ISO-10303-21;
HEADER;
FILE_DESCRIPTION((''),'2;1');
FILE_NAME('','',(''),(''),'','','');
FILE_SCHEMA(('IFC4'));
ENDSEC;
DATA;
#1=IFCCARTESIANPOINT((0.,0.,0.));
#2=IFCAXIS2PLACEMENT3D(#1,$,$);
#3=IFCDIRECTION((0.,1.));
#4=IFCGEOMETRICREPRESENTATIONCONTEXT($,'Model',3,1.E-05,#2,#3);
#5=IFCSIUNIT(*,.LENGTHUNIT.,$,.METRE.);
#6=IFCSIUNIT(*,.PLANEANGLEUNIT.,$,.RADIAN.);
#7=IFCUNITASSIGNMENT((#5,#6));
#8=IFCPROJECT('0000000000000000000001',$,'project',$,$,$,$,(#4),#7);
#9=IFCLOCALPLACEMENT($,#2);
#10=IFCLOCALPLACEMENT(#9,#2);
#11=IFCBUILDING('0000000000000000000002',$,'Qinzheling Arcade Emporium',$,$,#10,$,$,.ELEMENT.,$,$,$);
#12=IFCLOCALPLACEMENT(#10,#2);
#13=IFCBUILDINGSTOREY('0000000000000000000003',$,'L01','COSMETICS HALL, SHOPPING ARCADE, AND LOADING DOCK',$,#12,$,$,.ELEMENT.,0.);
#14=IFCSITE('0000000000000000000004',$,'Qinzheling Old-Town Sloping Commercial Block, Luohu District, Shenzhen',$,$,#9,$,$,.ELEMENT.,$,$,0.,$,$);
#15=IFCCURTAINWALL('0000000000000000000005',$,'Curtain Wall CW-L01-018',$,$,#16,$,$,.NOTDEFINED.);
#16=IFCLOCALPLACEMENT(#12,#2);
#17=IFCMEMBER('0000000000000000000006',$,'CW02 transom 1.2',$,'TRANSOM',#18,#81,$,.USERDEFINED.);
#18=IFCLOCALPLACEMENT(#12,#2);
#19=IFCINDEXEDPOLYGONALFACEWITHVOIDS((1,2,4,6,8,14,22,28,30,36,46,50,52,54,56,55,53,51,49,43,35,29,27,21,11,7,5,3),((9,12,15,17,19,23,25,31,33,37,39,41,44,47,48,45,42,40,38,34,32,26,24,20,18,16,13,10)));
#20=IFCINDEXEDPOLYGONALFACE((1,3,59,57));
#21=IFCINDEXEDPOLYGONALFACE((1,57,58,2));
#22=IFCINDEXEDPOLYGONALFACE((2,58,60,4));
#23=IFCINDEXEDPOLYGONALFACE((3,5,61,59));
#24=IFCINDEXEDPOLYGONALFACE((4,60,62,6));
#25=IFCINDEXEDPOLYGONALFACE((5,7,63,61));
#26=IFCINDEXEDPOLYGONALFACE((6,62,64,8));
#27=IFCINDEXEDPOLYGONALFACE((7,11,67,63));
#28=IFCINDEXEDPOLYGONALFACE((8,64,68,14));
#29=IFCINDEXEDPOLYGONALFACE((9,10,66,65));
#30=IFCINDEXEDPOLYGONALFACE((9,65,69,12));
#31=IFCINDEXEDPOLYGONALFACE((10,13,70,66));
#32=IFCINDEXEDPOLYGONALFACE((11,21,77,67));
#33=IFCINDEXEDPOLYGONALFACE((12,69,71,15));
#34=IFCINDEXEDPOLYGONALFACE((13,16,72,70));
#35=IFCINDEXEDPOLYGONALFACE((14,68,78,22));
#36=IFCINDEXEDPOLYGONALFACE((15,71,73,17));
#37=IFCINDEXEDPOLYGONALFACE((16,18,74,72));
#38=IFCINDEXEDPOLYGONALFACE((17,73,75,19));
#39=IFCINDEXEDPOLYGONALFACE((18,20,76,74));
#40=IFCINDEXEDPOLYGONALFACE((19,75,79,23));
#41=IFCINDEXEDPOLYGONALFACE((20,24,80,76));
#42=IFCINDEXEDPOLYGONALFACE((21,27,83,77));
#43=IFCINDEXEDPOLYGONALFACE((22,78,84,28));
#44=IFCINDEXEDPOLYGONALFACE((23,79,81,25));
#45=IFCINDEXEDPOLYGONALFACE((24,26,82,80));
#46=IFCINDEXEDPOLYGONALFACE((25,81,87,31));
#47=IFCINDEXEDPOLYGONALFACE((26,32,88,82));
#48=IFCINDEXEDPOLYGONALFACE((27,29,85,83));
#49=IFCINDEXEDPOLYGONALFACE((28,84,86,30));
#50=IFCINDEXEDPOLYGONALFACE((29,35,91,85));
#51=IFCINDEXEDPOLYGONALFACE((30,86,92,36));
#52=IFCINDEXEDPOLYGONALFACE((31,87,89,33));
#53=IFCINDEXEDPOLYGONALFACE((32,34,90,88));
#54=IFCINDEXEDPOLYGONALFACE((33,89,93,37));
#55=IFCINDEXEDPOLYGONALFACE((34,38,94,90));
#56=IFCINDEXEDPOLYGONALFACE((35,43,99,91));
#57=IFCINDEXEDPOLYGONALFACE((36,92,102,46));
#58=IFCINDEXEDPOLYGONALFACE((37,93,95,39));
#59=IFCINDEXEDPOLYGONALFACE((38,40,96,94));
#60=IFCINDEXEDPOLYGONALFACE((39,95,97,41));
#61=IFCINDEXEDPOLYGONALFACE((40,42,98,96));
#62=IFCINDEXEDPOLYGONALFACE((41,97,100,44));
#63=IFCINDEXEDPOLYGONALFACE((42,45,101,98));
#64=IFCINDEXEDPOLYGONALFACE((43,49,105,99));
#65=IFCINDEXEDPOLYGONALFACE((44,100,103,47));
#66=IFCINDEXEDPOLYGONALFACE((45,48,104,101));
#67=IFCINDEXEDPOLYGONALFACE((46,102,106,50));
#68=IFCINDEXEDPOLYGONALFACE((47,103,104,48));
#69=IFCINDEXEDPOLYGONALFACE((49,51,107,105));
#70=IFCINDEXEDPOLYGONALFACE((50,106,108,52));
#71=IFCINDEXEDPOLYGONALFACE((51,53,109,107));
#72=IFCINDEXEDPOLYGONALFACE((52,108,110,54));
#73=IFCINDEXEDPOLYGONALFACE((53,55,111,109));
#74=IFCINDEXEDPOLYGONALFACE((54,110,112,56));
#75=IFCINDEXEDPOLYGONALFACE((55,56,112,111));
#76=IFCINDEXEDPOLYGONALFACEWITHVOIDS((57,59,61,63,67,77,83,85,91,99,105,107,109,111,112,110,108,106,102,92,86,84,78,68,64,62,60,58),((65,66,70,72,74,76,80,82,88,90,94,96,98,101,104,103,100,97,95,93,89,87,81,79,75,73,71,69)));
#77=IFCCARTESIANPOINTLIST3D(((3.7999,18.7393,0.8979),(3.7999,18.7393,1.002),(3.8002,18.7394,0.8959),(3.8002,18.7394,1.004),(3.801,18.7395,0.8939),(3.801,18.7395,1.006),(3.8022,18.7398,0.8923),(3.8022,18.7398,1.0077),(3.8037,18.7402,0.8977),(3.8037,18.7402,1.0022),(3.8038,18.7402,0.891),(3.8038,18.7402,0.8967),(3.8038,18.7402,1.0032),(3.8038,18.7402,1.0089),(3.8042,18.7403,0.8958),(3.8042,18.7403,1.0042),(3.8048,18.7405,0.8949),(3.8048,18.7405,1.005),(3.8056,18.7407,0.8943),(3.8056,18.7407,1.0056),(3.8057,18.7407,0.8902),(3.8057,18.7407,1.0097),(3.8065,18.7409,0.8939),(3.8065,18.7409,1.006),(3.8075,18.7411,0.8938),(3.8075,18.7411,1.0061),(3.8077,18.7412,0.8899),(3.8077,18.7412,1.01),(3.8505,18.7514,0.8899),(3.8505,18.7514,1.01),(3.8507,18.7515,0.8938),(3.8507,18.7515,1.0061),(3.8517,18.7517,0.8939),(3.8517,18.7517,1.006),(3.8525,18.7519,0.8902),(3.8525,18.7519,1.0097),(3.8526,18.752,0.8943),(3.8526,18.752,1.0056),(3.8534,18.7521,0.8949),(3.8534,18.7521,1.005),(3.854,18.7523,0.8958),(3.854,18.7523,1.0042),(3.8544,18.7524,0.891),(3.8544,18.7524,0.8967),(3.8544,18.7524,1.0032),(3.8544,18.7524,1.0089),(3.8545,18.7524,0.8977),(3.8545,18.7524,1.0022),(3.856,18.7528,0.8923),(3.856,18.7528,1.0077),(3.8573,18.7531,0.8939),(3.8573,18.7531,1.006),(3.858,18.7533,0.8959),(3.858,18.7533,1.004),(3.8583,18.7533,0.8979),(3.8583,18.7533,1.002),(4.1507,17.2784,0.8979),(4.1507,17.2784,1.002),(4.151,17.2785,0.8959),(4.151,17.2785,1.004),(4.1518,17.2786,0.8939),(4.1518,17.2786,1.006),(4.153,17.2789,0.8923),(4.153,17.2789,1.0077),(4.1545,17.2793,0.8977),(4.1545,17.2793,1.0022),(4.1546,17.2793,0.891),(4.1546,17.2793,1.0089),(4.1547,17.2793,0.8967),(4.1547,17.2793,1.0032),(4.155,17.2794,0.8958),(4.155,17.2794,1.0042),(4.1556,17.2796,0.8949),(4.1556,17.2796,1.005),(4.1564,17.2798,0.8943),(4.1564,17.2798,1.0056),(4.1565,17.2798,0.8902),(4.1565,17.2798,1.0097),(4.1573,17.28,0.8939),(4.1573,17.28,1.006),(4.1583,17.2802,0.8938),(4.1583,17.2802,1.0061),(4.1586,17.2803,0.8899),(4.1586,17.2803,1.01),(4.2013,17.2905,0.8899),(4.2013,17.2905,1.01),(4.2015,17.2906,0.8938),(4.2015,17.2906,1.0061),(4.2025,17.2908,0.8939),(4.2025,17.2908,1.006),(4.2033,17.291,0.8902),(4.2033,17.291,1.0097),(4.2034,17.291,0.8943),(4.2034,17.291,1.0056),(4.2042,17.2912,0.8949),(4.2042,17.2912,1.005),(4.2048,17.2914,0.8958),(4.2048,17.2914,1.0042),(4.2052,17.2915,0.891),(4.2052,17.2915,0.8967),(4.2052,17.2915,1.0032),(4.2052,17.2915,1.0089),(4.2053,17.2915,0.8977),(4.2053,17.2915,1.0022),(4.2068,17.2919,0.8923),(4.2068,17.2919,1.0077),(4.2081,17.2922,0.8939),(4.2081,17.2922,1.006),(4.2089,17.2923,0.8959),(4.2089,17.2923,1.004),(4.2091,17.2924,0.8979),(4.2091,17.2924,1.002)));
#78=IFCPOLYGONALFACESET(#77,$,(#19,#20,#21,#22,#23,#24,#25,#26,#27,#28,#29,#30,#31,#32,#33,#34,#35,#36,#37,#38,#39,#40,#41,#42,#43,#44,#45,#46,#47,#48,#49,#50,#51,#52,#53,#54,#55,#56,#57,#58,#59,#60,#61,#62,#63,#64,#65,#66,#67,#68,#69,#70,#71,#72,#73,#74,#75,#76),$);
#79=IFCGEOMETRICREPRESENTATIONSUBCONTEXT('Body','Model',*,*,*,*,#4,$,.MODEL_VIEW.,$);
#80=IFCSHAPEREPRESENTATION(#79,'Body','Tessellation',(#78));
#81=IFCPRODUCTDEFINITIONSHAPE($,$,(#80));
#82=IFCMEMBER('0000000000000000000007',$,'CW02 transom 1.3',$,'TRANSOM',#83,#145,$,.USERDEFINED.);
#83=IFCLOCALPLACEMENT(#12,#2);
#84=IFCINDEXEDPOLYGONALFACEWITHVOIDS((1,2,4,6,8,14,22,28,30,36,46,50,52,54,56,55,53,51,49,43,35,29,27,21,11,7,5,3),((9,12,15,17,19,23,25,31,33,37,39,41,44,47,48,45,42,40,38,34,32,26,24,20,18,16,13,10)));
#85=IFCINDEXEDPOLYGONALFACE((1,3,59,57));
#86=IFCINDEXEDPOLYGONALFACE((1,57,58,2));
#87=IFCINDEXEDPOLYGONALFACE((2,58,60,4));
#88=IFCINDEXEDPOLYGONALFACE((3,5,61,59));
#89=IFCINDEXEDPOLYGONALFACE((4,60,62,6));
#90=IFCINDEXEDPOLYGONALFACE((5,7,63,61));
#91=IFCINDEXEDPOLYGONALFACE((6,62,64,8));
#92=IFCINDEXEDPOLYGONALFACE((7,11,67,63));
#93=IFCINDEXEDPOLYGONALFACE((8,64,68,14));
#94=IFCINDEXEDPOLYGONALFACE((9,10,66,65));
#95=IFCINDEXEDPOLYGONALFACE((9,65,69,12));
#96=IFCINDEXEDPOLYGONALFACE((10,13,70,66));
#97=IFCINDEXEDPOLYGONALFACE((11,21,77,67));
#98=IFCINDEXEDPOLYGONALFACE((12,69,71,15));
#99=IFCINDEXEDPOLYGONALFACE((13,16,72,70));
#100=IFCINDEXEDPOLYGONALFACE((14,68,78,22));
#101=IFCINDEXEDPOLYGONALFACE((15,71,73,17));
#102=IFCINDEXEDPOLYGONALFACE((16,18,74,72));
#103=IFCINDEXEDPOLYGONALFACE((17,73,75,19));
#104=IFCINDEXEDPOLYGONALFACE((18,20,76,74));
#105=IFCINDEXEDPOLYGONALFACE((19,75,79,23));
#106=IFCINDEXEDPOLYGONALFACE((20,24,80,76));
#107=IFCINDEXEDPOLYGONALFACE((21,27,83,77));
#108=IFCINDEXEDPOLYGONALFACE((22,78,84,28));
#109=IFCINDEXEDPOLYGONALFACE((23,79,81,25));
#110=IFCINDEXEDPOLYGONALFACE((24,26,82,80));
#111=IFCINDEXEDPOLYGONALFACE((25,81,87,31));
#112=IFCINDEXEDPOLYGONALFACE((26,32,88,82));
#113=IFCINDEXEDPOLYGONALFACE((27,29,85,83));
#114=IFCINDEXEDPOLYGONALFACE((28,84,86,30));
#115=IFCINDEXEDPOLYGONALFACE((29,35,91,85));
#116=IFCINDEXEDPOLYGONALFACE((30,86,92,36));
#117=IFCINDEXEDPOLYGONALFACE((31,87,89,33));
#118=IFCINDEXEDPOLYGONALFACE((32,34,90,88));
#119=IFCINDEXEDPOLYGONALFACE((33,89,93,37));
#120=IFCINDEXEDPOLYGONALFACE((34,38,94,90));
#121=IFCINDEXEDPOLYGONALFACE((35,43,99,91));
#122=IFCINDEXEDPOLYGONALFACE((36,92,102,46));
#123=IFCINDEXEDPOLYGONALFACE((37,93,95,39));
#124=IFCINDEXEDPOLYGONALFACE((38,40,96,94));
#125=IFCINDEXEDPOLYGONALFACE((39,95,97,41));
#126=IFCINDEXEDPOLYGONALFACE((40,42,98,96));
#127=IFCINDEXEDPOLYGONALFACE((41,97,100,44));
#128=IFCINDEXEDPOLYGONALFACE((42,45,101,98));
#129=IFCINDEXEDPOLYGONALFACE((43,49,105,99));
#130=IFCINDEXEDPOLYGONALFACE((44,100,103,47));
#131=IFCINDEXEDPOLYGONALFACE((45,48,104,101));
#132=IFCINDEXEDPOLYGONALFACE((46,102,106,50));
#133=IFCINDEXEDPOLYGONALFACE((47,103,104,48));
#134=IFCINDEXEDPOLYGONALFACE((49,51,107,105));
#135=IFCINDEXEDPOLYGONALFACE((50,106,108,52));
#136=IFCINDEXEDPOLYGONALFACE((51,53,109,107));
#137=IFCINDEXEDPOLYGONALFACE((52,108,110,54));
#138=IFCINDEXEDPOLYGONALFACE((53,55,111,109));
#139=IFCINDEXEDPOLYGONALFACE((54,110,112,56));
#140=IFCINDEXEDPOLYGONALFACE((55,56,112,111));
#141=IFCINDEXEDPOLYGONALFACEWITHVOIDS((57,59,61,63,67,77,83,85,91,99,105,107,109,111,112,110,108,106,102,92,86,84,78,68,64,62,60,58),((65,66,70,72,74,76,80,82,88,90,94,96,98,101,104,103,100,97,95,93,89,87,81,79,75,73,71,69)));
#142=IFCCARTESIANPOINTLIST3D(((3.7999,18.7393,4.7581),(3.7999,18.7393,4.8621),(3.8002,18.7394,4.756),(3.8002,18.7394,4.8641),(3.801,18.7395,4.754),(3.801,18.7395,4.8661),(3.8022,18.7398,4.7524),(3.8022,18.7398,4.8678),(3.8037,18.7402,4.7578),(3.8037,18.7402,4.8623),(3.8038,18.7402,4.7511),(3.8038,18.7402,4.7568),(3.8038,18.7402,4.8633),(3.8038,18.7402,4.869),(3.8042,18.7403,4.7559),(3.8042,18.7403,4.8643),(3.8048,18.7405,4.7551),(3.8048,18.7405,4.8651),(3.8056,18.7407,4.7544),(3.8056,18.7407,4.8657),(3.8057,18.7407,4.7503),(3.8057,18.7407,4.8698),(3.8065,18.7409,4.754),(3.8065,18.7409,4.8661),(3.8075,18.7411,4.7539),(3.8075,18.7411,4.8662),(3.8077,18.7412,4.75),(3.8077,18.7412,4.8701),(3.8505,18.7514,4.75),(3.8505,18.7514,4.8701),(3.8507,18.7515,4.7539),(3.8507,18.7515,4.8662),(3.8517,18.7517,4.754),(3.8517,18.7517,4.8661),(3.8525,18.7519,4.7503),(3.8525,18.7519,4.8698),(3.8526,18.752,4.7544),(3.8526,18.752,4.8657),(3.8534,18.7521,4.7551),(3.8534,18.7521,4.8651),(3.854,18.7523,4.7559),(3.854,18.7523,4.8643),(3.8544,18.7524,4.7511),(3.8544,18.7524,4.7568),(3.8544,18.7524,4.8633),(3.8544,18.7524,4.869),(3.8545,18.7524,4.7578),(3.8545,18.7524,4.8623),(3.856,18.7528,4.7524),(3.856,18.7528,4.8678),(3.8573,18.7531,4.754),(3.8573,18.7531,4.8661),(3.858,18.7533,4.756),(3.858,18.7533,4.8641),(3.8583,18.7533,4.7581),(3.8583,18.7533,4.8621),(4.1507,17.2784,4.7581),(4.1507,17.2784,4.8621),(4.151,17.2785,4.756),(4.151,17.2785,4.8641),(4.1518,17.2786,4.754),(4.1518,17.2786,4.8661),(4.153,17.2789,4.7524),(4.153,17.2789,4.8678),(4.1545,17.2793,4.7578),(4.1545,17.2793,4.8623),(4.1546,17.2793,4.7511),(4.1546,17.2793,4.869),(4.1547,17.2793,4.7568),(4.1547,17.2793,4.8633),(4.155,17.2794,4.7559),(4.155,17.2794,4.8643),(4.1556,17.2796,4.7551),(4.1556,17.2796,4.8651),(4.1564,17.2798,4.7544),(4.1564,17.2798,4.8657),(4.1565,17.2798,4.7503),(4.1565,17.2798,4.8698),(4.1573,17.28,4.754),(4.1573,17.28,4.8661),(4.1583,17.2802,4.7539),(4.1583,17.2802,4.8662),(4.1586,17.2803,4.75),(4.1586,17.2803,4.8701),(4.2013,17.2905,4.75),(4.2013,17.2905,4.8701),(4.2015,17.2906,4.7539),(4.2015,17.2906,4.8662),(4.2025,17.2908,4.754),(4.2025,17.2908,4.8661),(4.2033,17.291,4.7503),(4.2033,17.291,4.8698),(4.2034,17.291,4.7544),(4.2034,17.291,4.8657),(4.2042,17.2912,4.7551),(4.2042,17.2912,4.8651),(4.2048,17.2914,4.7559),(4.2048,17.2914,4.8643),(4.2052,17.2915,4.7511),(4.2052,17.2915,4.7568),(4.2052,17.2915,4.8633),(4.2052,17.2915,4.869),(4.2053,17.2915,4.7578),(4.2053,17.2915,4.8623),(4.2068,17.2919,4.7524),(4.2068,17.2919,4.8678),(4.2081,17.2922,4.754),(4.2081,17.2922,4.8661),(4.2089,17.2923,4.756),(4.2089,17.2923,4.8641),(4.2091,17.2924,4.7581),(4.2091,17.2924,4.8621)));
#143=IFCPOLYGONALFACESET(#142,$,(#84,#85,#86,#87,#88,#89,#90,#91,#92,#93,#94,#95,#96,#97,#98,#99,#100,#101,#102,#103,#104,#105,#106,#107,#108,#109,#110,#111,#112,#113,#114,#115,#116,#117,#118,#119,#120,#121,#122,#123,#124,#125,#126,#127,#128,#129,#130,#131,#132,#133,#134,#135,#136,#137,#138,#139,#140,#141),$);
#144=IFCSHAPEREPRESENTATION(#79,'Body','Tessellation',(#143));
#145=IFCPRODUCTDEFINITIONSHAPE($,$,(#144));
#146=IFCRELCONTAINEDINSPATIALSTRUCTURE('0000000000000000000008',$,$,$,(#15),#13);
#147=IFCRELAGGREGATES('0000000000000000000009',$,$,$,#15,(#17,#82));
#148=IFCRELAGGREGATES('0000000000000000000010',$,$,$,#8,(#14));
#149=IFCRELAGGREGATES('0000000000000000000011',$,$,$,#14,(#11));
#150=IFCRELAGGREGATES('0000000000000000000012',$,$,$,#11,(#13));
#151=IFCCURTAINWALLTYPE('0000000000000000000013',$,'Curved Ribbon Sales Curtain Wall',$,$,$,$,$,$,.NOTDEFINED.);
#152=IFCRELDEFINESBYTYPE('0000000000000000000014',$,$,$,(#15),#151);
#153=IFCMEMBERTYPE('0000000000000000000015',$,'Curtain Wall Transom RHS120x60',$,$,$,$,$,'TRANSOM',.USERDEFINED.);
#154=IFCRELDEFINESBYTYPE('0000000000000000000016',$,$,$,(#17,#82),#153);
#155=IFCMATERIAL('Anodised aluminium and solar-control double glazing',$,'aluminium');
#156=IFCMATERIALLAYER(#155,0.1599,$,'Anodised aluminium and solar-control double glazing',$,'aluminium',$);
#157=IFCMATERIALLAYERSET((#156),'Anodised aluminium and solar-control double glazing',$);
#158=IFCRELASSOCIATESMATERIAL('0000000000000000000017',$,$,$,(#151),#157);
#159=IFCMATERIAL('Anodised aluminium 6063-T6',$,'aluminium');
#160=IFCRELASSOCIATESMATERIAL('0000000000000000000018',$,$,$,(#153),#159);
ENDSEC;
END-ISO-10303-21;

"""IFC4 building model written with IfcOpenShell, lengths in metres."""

from ifc_helpers import new_model, si_unit, direction, frame, origin, origin_2d, place, context, subcontext, project, spatial, hollow_rectangle, extrude, material, layer, layer_set, material_profile, profile_set, type_object, element, aggregate, save


model = new_model("IFC4")

# Units and contexts
model_context = context("Model", 3, precision=1e-05, world=origin(), true_north=direction((0.0, 1.0)))
body_context = subcontext(model_context, "Body", "Model", "MODEL_VIEW")
ifc_project = project(units=[si_unit("LENGTHUNIT", "METRE"), si_unit("PLANEANGLEUNIT", "RADIAN")], contexts=[model_context])

# Site, building, storey
site_placement = place(None, origin())
site = spatial("IfcSite", under=ifc_project, at=site_placement, Name="Qinzheling Old-Town Sloping Commercial Block, Luohu District, Shenzhen", CompositionType="ELEMENT", RefElevation=0.0)
building_placement = place(site_placement, origin())
building = spatial("IfcBuilding", under=site, at=building_placement, Name="Qinzheling Arcade Emporium", CompositionType="ELEMENT")
storey_placement = place(building_placement, origin())
storey = spatial("IfcBuildingStorey", under=building, at=storey_placement, Name="L01", Description="COSMETICS HALL, SHOPPING ARCADE, AND LOADING DOCK", CompositionType="ELEMENT", Elevation=0.0)

# Shared definitions
ifc_material_1 = material(Name="Anodised aluminium and solar-control double glazing", Category="aluminium")
ifc_layer_1 = layer(ifc_material_1, 0.1599, Name="Anodised aluminium and solar-control double glazing", Category="aluminium")
ifc_layer_set_1 = layer_set([ifc_layer_1], Name="Anodised aluminium and solar-control double glazing")
curtain_wall_type = type_object("IfcCurtainWallType", Name="Curved Ribbon Sales Curtain Wall", PredefinedType="NOTDEFINED", material=ifc_layer_set_1)
ifc_material_2 = material(Name="Anodised aluminium 6063-T6", Category="aluminium")

# Curtain wall
curtain_wall_1_placement = place(storey_placement, origin())
curtain_wall_1 = element("IfcCurtainWall", 1, at=curtain_wall_1_placement, inside=storey, type_object=curtain_wall_type, Name="Curtain Wall CW-L01-018", PredefinedType="NOTDEFINED")

# Members
ifc_material_profile_1 = material_profile(ifc_material_2, hollow_rectangle(XDim=0.0601, YDim=0.1201, WallThickness=0.0039, InnerFilletRadius=0.0039, OuterFilletRadius=0.0081, at=origin_2d()), Name="RHS 120x60x4", Category="aluminium")
ifc_profile_set_1 = profile_set([ifc_material_profile_1], Name="Anodised aluminium 6063-T6")
member_type_1 = type_object("IfcMemberType", Name="Curtain Wall Transom RHS120x60", ElementType="TRANSOM", PredefinedType="USERDEFINED", material=ifc_profile_set_1)
member_1_placement = place(storey_placement, frame((4.1799, 17.2854, 0.95), z_axis=(-0.233502, 0.972356, 0.0), x_axis=(-0.972356, -0.233502, 0.0)))
member_1 = element("IfcMember", 2, at=member_1_placement, type_object=member_type_1, Name="CW02 transom 1.2", ObjectType="TRANSOM", PredefinedType="USERDEFINED", context=body_context, shape_type="SweptSolid", body=[
    extrude(hollow_rectangle(XDim=0.0601, YDim=0.1201, WallThickness=0.0039, InnerFilletRadius=0.0039, OuterFilletRadius=0.0081, at=origin_2d()), origin(), (0.0, 0.0, 1.0), 1.5024),
])
member_2_placement = place(storey_placement, frame((4.1799, 17.2854, 4.8101), z_axis=(-0.233502, 0.972356, 0.0), x_axis=(-0.972356, -0.233502, 0.0)))
member_2 = element("IfcMember", 3, at=member_2_placement, type_object=member_type_1, Name="CW02 transom 1.3", ObjectType="TRANSOM", PredefinedType="USERDEFINED", context=body_context, shape_type="SweptSolid", body=[
    extrude(hollow_rectangle(XDim=0.0601, YDim=0.1201, WallThickness=0.0039, InnerFilletRadius=0.0039, OuterFilletRadius=0.0081, at=origin_2d()), origin(), (0.0, 0.0, 1.0), 1.5024),
])
aggregate(curtain_wall_1, [member_1, member_2])

save(model, "model.ifc")
